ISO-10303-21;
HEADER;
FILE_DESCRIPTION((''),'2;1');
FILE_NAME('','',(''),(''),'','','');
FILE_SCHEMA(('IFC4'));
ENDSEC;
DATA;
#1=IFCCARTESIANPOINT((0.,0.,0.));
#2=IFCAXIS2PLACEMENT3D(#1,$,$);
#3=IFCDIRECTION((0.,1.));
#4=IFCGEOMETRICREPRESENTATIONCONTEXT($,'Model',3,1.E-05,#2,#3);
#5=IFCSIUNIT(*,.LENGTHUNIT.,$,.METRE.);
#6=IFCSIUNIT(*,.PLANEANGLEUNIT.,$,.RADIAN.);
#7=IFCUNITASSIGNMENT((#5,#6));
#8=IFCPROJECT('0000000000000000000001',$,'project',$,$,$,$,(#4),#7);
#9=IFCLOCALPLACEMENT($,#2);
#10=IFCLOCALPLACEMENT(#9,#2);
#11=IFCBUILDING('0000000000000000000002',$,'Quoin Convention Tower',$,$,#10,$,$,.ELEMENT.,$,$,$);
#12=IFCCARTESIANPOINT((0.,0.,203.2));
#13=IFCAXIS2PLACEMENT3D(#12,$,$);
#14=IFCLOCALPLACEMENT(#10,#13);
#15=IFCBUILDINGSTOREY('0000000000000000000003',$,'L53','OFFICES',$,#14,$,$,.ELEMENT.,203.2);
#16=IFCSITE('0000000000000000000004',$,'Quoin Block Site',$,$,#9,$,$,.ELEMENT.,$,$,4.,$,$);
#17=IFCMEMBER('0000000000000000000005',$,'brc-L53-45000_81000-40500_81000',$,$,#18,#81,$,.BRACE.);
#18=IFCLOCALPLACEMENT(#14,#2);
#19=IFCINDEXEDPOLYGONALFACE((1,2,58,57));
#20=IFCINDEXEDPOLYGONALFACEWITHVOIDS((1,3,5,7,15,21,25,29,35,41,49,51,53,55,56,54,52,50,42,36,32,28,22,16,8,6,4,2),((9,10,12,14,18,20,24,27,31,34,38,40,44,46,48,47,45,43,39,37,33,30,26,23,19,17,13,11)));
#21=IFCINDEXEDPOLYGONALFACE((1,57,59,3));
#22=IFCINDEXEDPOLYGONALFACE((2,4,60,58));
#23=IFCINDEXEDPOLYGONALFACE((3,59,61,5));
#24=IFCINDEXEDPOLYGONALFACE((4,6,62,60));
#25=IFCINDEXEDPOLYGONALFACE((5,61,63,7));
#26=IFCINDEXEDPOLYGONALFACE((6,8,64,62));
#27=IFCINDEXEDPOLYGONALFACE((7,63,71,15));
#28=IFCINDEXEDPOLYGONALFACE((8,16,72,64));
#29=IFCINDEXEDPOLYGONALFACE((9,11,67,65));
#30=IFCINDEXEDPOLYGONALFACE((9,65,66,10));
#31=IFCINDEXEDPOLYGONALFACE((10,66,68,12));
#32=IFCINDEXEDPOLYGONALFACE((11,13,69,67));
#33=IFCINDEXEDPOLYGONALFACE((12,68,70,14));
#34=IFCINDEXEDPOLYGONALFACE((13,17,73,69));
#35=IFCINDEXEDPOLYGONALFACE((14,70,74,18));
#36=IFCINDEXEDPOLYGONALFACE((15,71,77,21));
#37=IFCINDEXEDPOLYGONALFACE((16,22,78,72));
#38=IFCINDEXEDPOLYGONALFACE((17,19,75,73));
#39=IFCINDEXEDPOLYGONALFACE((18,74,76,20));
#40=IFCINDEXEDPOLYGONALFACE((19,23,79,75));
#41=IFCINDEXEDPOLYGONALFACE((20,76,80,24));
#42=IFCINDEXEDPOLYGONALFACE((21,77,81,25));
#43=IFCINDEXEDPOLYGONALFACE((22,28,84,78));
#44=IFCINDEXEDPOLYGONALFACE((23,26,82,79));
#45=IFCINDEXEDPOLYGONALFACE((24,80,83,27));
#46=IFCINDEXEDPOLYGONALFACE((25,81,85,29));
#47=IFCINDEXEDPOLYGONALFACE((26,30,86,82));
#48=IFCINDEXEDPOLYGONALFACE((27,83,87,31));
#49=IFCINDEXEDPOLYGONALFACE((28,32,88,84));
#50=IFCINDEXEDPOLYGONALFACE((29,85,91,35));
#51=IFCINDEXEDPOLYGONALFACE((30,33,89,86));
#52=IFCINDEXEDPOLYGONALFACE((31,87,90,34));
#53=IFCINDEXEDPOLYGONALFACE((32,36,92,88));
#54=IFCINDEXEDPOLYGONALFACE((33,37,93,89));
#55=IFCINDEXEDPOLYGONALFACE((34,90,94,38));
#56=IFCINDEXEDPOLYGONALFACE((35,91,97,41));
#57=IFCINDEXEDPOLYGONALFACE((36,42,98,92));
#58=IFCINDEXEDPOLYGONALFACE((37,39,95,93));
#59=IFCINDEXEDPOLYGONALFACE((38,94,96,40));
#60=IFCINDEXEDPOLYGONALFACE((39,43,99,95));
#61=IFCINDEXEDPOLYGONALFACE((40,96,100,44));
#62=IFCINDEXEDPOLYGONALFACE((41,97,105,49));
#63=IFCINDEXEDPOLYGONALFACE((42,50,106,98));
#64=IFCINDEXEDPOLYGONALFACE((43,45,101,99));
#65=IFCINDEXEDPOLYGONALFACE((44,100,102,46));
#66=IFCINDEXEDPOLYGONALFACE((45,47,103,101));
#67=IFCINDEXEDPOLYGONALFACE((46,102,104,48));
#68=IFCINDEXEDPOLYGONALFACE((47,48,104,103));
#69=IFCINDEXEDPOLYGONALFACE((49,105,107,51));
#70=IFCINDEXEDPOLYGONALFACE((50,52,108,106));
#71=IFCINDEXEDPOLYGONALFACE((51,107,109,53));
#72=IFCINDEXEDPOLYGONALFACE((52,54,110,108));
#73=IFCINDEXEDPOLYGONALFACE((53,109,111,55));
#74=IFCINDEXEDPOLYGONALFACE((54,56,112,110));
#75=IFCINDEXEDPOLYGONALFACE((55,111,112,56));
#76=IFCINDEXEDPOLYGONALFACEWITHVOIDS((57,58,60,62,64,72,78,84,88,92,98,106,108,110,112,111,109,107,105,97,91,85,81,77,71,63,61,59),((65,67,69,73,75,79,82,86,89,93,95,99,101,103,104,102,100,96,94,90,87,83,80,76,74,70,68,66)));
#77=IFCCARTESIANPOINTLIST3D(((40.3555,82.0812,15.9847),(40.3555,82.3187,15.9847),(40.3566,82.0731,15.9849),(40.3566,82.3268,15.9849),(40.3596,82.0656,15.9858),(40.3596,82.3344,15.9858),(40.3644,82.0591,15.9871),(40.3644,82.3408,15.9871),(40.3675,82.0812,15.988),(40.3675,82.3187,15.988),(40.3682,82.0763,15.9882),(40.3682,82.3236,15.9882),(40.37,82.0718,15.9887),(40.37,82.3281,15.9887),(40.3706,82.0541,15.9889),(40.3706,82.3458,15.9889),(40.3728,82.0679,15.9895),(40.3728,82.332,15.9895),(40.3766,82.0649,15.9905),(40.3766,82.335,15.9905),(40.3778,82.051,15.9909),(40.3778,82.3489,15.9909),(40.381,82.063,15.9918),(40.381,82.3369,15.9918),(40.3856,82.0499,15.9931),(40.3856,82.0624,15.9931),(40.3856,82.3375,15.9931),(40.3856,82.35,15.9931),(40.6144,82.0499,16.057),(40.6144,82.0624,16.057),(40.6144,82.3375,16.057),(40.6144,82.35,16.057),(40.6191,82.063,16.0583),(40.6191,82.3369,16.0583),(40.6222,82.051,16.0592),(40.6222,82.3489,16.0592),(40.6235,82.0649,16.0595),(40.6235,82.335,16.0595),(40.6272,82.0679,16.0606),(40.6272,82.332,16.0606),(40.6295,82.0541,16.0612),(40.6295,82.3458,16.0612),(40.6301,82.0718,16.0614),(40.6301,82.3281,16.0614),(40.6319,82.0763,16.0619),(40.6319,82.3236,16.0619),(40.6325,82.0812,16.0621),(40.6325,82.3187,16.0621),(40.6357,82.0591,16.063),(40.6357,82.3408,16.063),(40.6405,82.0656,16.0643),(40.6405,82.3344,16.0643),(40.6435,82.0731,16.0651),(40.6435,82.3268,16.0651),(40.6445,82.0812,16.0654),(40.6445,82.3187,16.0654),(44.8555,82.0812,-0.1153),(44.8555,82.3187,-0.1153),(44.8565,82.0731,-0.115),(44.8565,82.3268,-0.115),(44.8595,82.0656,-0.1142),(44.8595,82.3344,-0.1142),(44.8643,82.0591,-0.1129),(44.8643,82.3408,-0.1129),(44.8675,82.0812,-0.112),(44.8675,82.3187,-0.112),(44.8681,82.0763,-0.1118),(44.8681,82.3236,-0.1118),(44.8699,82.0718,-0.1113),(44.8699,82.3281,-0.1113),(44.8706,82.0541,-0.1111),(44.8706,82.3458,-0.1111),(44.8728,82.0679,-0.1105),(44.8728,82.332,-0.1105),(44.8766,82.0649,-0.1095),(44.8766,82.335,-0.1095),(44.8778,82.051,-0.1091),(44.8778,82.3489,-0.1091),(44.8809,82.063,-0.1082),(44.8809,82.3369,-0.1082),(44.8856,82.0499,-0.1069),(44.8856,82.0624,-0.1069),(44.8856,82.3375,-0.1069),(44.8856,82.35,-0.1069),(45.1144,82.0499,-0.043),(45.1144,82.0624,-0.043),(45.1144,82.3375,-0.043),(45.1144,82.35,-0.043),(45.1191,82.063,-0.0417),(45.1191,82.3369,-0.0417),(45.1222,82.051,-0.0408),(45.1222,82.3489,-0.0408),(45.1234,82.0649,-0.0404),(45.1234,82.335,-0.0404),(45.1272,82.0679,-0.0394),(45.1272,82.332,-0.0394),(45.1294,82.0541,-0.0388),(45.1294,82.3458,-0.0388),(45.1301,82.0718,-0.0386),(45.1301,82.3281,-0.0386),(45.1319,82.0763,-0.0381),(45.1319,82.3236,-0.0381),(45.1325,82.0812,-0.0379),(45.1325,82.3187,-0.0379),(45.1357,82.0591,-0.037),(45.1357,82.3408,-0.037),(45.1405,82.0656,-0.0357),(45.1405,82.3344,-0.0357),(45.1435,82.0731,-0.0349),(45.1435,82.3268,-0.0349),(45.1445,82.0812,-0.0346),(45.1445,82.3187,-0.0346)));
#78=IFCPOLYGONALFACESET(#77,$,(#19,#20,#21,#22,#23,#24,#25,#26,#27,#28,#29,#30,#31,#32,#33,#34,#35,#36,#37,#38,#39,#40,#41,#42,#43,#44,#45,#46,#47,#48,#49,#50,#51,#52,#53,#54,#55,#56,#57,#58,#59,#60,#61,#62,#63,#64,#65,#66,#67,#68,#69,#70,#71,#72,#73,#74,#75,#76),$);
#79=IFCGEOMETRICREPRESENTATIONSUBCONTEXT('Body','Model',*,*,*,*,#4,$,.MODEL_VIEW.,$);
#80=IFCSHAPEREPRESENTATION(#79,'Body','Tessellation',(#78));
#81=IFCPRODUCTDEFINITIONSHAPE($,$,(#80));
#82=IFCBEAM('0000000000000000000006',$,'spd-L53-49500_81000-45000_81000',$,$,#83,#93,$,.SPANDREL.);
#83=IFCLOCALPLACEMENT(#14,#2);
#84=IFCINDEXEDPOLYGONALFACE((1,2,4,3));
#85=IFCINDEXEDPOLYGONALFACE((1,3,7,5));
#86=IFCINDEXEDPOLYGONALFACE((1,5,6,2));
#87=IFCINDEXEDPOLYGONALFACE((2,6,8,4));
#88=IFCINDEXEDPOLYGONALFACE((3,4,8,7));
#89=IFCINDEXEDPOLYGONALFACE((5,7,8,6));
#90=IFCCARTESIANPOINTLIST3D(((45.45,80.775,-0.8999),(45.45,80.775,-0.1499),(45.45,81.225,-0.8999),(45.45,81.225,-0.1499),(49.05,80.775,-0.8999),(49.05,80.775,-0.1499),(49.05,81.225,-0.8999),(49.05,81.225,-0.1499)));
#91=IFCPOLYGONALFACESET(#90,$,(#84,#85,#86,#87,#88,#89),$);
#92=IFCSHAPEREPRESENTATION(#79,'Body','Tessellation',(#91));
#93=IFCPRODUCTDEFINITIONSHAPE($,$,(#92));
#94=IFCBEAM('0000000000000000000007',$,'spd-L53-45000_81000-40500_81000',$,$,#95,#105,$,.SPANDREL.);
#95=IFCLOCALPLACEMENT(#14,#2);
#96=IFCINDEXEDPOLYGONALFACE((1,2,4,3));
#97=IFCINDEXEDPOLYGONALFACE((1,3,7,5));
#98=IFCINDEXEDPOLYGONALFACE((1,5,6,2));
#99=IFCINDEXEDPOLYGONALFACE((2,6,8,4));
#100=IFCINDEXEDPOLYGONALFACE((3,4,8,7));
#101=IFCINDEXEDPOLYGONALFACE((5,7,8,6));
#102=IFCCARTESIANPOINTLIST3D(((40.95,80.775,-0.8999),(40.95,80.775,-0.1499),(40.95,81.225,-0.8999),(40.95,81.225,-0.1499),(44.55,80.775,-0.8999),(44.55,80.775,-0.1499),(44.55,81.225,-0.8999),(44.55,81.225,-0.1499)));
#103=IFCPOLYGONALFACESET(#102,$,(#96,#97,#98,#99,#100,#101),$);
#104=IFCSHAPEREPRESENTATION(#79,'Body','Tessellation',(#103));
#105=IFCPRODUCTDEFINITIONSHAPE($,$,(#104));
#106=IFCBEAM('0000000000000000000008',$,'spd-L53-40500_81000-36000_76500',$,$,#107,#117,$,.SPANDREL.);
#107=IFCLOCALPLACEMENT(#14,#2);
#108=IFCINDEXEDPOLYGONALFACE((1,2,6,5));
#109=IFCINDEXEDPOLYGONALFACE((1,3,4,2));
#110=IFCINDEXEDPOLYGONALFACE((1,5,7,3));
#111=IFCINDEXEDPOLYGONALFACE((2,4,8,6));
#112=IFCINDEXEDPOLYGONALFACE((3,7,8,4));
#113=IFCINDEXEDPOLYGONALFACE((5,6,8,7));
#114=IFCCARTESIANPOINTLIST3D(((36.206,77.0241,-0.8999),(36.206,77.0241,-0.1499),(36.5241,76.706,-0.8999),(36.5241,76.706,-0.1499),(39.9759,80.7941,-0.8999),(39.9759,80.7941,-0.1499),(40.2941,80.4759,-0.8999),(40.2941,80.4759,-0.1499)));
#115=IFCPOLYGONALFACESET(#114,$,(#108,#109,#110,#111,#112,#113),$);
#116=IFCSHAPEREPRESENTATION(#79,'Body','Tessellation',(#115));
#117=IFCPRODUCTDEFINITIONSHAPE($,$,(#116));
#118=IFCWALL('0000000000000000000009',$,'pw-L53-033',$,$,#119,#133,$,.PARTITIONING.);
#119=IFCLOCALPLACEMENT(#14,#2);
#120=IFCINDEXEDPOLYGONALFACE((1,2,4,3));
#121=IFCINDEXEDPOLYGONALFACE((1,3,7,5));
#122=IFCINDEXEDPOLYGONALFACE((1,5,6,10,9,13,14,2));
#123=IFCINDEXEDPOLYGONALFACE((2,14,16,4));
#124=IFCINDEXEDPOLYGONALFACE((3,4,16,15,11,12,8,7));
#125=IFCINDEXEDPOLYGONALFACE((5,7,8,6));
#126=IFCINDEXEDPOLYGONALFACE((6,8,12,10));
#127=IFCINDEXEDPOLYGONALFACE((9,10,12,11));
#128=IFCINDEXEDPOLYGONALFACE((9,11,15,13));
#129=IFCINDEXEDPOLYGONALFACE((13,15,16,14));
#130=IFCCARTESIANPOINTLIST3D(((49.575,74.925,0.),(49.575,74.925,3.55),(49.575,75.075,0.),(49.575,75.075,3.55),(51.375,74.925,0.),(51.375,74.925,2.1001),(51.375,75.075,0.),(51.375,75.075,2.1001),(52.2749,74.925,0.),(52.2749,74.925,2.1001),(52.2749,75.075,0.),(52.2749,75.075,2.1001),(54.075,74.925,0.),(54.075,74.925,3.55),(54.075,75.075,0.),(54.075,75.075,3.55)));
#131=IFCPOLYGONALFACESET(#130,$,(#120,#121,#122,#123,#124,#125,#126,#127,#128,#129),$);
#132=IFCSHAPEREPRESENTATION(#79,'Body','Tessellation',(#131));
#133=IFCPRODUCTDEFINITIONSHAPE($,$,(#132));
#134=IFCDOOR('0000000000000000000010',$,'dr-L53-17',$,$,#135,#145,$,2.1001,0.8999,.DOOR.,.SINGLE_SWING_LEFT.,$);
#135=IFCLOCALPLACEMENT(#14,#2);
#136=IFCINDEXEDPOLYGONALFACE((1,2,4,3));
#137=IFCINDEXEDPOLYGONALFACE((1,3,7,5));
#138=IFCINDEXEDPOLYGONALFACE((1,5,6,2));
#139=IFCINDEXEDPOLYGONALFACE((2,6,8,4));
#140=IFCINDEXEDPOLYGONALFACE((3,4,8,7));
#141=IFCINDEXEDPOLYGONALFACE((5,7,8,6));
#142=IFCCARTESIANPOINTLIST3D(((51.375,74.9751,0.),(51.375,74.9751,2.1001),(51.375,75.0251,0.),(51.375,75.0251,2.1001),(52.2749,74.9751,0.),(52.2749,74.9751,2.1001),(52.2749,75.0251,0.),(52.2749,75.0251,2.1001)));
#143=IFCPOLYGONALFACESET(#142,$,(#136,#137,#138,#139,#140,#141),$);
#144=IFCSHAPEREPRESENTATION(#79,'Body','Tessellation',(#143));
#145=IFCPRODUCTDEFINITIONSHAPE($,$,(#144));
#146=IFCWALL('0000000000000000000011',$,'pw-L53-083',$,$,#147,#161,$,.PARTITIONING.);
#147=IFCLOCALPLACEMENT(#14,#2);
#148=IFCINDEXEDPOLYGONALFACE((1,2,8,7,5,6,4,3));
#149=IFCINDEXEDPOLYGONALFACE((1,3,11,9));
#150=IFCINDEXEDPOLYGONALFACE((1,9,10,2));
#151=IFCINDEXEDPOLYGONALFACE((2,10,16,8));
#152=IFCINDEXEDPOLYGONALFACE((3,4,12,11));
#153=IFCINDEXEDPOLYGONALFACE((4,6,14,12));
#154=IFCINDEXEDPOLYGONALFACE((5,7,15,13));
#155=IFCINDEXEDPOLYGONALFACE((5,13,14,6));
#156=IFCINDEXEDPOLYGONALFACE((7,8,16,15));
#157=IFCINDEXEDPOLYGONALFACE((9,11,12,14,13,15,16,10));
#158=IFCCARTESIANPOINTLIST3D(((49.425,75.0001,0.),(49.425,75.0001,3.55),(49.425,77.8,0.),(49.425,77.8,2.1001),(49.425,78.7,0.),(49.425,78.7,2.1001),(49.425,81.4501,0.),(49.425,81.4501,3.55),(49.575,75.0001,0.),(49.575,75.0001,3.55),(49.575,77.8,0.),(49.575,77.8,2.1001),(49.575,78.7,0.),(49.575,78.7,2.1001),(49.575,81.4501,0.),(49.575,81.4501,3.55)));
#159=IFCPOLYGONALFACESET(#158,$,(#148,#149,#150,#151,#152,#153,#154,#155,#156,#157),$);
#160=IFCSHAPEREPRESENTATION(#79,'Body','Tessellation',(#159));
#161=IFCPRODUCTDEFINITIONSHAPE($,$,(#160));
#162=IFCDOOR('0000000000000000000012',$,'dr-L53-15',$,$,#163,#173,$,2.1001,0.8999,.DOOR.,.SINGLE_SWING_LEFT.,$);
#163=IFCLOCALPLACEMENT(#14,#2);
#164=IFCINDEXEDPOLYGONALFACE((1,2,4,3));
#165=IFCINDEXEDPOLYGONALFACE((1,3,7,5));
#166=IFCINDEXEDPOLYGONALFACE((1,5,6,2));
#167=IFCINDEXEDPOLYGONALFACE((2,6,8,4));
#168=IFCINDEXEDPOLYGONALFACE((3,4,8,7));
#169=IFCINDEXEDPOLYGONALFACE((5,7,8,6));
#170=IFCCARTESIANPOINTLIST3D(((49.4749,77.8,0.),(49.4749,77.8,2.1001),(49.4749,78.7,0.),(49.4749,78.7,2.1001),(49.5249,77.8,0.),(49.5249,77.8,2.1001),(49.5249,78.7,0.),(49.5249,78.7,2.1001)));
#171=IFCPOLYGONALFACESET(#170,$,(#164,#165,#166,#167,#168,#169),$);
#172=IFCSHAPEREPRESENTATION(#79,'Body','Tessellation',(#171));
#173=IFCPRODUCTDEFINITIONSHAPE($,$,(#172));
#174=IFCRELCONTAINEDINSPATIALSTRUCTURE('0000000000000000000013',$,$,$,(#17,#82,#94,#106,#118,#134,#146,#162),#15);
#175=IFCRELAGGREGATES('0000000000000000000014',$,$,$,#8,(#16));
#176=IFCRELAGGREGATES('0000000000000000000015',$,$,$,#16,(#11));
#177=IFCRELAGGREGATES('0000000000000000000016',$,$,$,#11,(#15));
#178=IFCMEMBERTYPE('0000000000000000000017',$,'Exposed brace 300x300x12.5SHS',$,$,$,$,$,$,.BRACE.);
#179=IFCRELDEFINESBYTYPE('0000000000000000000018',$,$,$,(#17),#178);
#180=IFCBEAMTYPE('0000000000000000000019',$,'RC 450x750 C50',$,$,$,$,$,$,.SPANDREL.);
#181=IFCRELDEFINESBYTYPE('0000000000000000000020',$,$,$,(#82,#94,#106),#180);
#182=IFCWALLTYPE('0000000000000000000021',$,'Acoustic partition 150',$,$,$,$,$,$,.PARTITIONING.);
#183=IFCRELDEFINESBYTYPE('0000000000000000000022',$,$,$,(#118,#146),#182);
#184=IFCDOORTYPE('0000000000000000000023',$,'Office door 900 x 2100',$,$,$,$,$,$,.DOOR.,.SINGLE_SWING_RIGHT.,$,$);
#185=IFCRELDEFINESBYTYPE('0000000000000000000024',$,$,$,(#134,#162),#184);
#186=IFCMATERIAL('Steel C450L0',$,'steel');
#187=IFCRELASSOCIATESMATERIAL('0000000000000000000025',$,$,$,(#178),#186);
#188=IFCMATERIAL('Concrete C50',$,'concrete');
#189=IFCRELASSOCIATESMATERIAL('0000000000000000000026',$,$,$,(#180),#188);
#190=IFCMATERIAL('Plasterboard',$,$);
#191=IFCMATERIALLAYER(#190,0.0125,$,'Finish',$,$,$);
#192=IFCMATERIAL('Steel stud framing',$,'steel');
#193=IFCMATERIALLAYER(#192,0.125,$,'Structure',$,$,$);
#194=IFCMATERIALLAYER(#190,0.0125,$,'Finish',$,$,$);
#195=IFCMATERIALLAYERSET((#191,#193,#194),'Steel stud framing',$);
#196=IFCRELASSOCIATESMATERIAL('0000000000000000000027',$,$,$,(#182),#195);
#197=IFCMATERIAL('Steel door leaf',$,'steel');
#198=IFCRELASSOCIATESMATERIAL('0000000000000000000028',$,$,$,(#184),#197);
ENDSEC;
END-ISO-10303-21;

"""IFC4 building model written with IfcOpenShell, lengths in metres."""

from ifc_helpers import new_model, si_unit, direction, frame, frame_2d, origin, origin_2d, place, context, subcontext, project, spatial, rectangle, hollow_rectangle, extrude, material, layer, layer_set, material_profile, profile_set, type_object, element, fill, save


model = new_model("IFC4")

# Units and contexts
model_context = context("Model", 3, precision=1e-05, world=origin(), true_north=direction((0.0, 1.0)))
body_context = subcontext(model_context, "Body", "Model", "MODEL_VIEW")
ifc_project = project(units=[si_unit("LENGTHUNIT", "METRE"), si_unit("PLANEANGLEUNIT", "RADIAN")], contexts=[model_context])

# Site, building, storey
site_placement = place(None, origin())
site = spatial("IfcSite", under=ifc_project, at=site_placement, Name="Quoin Block Site", CompositionType="ELEMENT", RefElevation=4.0)
building_placement = place(site_placement, origin())
building = spatial("IfcBuilding", under=site, at=building_placement, Name="Quoin Convention Tower", CompositionType="ELEMENT")
storey_placement = place(building_placement, frame((0.0, 0.0, 203.2)))
storey = spatial("IfcBuildingStorey", under=building, at=storey_placement, Name="L53", Description="OFFICES", CompositionType="ELEMENT", Elevation=203.2)

# Shared definitions
ifc_material_1 = material(Name="Concrete C50", Category="concrete")

# Member
ifc_material_2 = material(Name="Steel C450L0", Category="steel")
ifc_material_profile_1 = material_profile(ifc_material_2, hollow_rectangle(XDim=0.3, YDim=0.3, WallThickness=0.0125, InnerFilletRadius=0.0188, OuterFilletRadius=0.0312, at=origin_2d()), Name="300x300x12.5SHS")
ifc_profile_set_1 = profile_set([ifc_material_profile_1], Name="Steel C450L0")
member_type = type_object("IfcMemberType", Name="Exposed brace 300x300x12.5SHS", PredefinedType="BRACE", material=ifc_profile_set_1)
member_placement = place(storey_placement, frame((45.0, 82.2, -0.075), z_axis=(-0.269185, 0.0, 0.963089), x_axis=(0.0, -1.0, 0.0)))
element("IfcMember", 1, at=member_placement, inside=storey, type_object=member_type, Name="brc-L53-45000_81000-40500_81000", PredefinedType="BRACE", context=body_context, shape_type="SweptSolid", body=[
    extrude(hollow_rectangle(XDim=0.3, YDim=0.3, WallThickness=0.0125, InnerFilletRadius=0.0188, OuterFilletRadius=0.0312, at=origin_2d()), origin(), (0.0, 0.0, 1.0), 16.717),
])

# Beams
ifc_material_profile_2 = material_profile(ifc_material_1, rectangle(XDim=0.45, YDim=0.75, at=origin_2d()), Name="RC 450x750")
ifc_profile_set_2 = profile_set([ifc_material_profile_2], Name="Concrete C50")
beam_type_1 = type_object("IfcBeamType", Name="RC 450x750 C50", PredefinedType="SPANDREL", material=ifc_profile_set_2)
for number, where, z_axis, x_axis, name in (
    (2, (49.05, 81.0, -0.5249), (-1.0, 0.0, 0.0), (0.0, -1.0, 0.0), "spd-L53-49500_81000-45000_81000"),
    (3, (44.55, 81.0, -0.5249), (-1.0, 0.0, 0.0), (0.0, -1.0, 0.0), "spd-L53-45000_81000-40500_81000"),
):
    element("IfcBeam", number, at=place(storey_placement, frame(where, z_axis=z_axis, x_axis=x_axis)), inside=storey, type_object=beam_type_1, Name=name, PredefinedType="SPANDREL", context=body_context, shape_type="SweptSolid", body=[
        extrude(rectangle(XDim=0.45, YDim=0.75, at=origin_2d()), origin(), (0.0, 0.0, 1.0), 3.6001),
    ])
beam_1_placement = place(storey_placement, frame((40.135, 80.635, -0.5249), z_axis=(-0.707107, -0.707107, 0.0), x_axis=(0.707107, -0.707107, 0.0)))
element("IfcBeam", 4, at=beam_1_placement, inside=storey, type_object=beam_type_1, Name="spd-L53-40500_81000-36000_76500", PredefinedType="SPANDREL", context=body_context, shape_type="SweptSolid", body=[
    extrude(rectangle(XDim=0.45, YDim=0.75, at=origin_2d()), origin(), (0.0, 0.0, 1.0), 5.3315),
])

# Walls, openings, doors
ifc_material_3 = material(Name="Plasterboard")
ifc_layer_1 = layer(ifc_material_3, 0.0125, Name="Finish")
ifc_material_4 = material(Name="Steel stud framing", Category="steel")
ifc_layer_2 = layer(ifc_material_4, 0.125, Name="Structure")
ifc_layer_3 = layer(ifc_material_3, 0.0125, Name="Finish")
ifc_layer_set_1 = layer_set([ifc_layer_1, ifc_layer_2, ifc_layer_3], Name="Steel stud framing")
wall_type_1 = type_object("IfcWallType", Name="Acoustic partition 150", PredefinedType="PARTITIONING", material=ifc_layer_set_1)
wall_1_placement = place(storey_placement, frame((49.575, 75.0, 0.0), z_axis=(0.0, 0.0, 1.0), x_axis=(1.0, 0.0, 0.0)))
wall_1 = element("IfcWall", 5, at=wall_1_placement, inside=storey, type_object=wall_type_1, Name="pw-L53-033", PredefinedType="PARTITIONING", context=body_context, shape_type="SweptSolid", body=[
    extrude(rectangle(XDim=4.5, YDim=0.1499, at=frame_2d((2.25, 0.0))), origin(), (0.0, 0.0, 1.0), 3.55),
])
opening_1_placement = place(wall_1_placement, frame((1.8, 0.0, 0.0)))
opening_1 = element("IfcOpeningElement", 6, at=opening_1_placement, cuts=wall_1, PredefinedType="OPENING", context=body_context, shape_type="SweptSolid", body=[
    extrude(rectangle(XDim=0.8999, YDim=2.1001, at=frame_2d((0.45, 1.05))), frame((0.0, 0.085, 0.0), z_axis=(0.0, -1.0, 0.0), x_axis=(1.0, 0.0, 0.0)), (0.0, 0.0, 1.0), 0.1699),
])
ifc_material_5 = material(Name="Steel door leaf", Category="steel")
door_type_1 = type_object("IfcDoorType", Name="Office door 900 x 2100", OperationType="SINGLE_SWING_RIGHT", PredefinedType="DOOR", material=ifc_material_5)
door_1_placement = place(opening_1_placement, frame((0.8999, 0.0, 0.0), z_axis=(0.0, 0.0, 1.0), x_axis=(-1.0, 0.0, 0.0)))
door_1 = element("IfcDoor", 7, at=door_1_placement, inside=storey, type_object=door_type_1, Name="dr-L53-17", OperationType="SINGLE_SWING_LEFT", OverallHeight=2.1001, OverallWidth=0.8999, PredefinedType="DOOR", context=body_context, shape_type="SweptSolid", body=[
    extrude(rectangle(XDim=0.8999, YDim=2.1001, at=frame_2d((0.45, 1.05))), frame((0.0, 0.0249, 0.0), z_axis=(0.0, -1.0, 0.0), x_axis=(1.0, 0.0, 0.0)), (0.0, 0.0, 1.0), 0.05),
])
fill(opening_1, door_1)
wall_2_placement = place(storey_placement, frame((49.5, 75.0, 0.0), z_axis=(0.0, 0.0, 1.0), x_axis=(0.0, 1.0, 0.0)))
wall_2 = element("IfcWall", 8, at=wall_2_placement, inside=storey, type_object=wall_type_1, Name="pw-L53-083", PredefinedType="PARTITIONING", context=body_context, shape_type="SweptSolid", body=[
    extrude(rectangle(XDim=6.45, YDim=0.1499, at=frame_2d((3.2251, 0.0))), origin(), (0.0, 0.0, 1.0), 3.55),
])
opening_2_placement = place(wall_2_placement, frame((2.8, 0.0, 0.0)))
opening_2 = element("IfcOpeningElement", 9, at=opening_2_placement, cuts=wall_2, PredefinedType="OPENING", context=body_context, shape_type="SweptSolid", body=[
    extrude(rectangle(XDim=0.8999, YDim=2.1001, at=frame_2d((0.45, 1.05))), frame((0.0, 0.085, 0.0), z_axis=(0.0, -1.0, 0.0), x_axis=(1.0, 0.0, 0.0)), (0.0, 0.0, 1.0), 0.1699),
])
door_2_placement = place(opening_2_placement, frame((0.8999, 0.0, 0.0), z_axis=(0.0, 0.0, 1.0), x_axis=(-1.0, 0.0, 0.0)))
door_2 = element("IfcDoor", 10, at=door_2_placement, inside=storey, type_object=door_type_1, Name="dr-L53-15", OperationType="SINGLE_SWING_LEFT", OverallHeight=2.1001, OverallWidth=0.8999, PredefinedType="DOOR", context=body_context, shape_type="SweptSolid", body=[
    extrude(rectangle(XDim=0.8999, YDim=2.1001, at=frame_2d((0.45, 1.05))), frame((0.0, 0.0249, 0.0), z_axis=(0.0, -1.0, 0.0), x_axis=(1.0, 0.0, 0.0)), (0.0, 0.0, 1.0), 0.05),
])
fill(opening_2, door_2)

save(model, "model.ifc")
